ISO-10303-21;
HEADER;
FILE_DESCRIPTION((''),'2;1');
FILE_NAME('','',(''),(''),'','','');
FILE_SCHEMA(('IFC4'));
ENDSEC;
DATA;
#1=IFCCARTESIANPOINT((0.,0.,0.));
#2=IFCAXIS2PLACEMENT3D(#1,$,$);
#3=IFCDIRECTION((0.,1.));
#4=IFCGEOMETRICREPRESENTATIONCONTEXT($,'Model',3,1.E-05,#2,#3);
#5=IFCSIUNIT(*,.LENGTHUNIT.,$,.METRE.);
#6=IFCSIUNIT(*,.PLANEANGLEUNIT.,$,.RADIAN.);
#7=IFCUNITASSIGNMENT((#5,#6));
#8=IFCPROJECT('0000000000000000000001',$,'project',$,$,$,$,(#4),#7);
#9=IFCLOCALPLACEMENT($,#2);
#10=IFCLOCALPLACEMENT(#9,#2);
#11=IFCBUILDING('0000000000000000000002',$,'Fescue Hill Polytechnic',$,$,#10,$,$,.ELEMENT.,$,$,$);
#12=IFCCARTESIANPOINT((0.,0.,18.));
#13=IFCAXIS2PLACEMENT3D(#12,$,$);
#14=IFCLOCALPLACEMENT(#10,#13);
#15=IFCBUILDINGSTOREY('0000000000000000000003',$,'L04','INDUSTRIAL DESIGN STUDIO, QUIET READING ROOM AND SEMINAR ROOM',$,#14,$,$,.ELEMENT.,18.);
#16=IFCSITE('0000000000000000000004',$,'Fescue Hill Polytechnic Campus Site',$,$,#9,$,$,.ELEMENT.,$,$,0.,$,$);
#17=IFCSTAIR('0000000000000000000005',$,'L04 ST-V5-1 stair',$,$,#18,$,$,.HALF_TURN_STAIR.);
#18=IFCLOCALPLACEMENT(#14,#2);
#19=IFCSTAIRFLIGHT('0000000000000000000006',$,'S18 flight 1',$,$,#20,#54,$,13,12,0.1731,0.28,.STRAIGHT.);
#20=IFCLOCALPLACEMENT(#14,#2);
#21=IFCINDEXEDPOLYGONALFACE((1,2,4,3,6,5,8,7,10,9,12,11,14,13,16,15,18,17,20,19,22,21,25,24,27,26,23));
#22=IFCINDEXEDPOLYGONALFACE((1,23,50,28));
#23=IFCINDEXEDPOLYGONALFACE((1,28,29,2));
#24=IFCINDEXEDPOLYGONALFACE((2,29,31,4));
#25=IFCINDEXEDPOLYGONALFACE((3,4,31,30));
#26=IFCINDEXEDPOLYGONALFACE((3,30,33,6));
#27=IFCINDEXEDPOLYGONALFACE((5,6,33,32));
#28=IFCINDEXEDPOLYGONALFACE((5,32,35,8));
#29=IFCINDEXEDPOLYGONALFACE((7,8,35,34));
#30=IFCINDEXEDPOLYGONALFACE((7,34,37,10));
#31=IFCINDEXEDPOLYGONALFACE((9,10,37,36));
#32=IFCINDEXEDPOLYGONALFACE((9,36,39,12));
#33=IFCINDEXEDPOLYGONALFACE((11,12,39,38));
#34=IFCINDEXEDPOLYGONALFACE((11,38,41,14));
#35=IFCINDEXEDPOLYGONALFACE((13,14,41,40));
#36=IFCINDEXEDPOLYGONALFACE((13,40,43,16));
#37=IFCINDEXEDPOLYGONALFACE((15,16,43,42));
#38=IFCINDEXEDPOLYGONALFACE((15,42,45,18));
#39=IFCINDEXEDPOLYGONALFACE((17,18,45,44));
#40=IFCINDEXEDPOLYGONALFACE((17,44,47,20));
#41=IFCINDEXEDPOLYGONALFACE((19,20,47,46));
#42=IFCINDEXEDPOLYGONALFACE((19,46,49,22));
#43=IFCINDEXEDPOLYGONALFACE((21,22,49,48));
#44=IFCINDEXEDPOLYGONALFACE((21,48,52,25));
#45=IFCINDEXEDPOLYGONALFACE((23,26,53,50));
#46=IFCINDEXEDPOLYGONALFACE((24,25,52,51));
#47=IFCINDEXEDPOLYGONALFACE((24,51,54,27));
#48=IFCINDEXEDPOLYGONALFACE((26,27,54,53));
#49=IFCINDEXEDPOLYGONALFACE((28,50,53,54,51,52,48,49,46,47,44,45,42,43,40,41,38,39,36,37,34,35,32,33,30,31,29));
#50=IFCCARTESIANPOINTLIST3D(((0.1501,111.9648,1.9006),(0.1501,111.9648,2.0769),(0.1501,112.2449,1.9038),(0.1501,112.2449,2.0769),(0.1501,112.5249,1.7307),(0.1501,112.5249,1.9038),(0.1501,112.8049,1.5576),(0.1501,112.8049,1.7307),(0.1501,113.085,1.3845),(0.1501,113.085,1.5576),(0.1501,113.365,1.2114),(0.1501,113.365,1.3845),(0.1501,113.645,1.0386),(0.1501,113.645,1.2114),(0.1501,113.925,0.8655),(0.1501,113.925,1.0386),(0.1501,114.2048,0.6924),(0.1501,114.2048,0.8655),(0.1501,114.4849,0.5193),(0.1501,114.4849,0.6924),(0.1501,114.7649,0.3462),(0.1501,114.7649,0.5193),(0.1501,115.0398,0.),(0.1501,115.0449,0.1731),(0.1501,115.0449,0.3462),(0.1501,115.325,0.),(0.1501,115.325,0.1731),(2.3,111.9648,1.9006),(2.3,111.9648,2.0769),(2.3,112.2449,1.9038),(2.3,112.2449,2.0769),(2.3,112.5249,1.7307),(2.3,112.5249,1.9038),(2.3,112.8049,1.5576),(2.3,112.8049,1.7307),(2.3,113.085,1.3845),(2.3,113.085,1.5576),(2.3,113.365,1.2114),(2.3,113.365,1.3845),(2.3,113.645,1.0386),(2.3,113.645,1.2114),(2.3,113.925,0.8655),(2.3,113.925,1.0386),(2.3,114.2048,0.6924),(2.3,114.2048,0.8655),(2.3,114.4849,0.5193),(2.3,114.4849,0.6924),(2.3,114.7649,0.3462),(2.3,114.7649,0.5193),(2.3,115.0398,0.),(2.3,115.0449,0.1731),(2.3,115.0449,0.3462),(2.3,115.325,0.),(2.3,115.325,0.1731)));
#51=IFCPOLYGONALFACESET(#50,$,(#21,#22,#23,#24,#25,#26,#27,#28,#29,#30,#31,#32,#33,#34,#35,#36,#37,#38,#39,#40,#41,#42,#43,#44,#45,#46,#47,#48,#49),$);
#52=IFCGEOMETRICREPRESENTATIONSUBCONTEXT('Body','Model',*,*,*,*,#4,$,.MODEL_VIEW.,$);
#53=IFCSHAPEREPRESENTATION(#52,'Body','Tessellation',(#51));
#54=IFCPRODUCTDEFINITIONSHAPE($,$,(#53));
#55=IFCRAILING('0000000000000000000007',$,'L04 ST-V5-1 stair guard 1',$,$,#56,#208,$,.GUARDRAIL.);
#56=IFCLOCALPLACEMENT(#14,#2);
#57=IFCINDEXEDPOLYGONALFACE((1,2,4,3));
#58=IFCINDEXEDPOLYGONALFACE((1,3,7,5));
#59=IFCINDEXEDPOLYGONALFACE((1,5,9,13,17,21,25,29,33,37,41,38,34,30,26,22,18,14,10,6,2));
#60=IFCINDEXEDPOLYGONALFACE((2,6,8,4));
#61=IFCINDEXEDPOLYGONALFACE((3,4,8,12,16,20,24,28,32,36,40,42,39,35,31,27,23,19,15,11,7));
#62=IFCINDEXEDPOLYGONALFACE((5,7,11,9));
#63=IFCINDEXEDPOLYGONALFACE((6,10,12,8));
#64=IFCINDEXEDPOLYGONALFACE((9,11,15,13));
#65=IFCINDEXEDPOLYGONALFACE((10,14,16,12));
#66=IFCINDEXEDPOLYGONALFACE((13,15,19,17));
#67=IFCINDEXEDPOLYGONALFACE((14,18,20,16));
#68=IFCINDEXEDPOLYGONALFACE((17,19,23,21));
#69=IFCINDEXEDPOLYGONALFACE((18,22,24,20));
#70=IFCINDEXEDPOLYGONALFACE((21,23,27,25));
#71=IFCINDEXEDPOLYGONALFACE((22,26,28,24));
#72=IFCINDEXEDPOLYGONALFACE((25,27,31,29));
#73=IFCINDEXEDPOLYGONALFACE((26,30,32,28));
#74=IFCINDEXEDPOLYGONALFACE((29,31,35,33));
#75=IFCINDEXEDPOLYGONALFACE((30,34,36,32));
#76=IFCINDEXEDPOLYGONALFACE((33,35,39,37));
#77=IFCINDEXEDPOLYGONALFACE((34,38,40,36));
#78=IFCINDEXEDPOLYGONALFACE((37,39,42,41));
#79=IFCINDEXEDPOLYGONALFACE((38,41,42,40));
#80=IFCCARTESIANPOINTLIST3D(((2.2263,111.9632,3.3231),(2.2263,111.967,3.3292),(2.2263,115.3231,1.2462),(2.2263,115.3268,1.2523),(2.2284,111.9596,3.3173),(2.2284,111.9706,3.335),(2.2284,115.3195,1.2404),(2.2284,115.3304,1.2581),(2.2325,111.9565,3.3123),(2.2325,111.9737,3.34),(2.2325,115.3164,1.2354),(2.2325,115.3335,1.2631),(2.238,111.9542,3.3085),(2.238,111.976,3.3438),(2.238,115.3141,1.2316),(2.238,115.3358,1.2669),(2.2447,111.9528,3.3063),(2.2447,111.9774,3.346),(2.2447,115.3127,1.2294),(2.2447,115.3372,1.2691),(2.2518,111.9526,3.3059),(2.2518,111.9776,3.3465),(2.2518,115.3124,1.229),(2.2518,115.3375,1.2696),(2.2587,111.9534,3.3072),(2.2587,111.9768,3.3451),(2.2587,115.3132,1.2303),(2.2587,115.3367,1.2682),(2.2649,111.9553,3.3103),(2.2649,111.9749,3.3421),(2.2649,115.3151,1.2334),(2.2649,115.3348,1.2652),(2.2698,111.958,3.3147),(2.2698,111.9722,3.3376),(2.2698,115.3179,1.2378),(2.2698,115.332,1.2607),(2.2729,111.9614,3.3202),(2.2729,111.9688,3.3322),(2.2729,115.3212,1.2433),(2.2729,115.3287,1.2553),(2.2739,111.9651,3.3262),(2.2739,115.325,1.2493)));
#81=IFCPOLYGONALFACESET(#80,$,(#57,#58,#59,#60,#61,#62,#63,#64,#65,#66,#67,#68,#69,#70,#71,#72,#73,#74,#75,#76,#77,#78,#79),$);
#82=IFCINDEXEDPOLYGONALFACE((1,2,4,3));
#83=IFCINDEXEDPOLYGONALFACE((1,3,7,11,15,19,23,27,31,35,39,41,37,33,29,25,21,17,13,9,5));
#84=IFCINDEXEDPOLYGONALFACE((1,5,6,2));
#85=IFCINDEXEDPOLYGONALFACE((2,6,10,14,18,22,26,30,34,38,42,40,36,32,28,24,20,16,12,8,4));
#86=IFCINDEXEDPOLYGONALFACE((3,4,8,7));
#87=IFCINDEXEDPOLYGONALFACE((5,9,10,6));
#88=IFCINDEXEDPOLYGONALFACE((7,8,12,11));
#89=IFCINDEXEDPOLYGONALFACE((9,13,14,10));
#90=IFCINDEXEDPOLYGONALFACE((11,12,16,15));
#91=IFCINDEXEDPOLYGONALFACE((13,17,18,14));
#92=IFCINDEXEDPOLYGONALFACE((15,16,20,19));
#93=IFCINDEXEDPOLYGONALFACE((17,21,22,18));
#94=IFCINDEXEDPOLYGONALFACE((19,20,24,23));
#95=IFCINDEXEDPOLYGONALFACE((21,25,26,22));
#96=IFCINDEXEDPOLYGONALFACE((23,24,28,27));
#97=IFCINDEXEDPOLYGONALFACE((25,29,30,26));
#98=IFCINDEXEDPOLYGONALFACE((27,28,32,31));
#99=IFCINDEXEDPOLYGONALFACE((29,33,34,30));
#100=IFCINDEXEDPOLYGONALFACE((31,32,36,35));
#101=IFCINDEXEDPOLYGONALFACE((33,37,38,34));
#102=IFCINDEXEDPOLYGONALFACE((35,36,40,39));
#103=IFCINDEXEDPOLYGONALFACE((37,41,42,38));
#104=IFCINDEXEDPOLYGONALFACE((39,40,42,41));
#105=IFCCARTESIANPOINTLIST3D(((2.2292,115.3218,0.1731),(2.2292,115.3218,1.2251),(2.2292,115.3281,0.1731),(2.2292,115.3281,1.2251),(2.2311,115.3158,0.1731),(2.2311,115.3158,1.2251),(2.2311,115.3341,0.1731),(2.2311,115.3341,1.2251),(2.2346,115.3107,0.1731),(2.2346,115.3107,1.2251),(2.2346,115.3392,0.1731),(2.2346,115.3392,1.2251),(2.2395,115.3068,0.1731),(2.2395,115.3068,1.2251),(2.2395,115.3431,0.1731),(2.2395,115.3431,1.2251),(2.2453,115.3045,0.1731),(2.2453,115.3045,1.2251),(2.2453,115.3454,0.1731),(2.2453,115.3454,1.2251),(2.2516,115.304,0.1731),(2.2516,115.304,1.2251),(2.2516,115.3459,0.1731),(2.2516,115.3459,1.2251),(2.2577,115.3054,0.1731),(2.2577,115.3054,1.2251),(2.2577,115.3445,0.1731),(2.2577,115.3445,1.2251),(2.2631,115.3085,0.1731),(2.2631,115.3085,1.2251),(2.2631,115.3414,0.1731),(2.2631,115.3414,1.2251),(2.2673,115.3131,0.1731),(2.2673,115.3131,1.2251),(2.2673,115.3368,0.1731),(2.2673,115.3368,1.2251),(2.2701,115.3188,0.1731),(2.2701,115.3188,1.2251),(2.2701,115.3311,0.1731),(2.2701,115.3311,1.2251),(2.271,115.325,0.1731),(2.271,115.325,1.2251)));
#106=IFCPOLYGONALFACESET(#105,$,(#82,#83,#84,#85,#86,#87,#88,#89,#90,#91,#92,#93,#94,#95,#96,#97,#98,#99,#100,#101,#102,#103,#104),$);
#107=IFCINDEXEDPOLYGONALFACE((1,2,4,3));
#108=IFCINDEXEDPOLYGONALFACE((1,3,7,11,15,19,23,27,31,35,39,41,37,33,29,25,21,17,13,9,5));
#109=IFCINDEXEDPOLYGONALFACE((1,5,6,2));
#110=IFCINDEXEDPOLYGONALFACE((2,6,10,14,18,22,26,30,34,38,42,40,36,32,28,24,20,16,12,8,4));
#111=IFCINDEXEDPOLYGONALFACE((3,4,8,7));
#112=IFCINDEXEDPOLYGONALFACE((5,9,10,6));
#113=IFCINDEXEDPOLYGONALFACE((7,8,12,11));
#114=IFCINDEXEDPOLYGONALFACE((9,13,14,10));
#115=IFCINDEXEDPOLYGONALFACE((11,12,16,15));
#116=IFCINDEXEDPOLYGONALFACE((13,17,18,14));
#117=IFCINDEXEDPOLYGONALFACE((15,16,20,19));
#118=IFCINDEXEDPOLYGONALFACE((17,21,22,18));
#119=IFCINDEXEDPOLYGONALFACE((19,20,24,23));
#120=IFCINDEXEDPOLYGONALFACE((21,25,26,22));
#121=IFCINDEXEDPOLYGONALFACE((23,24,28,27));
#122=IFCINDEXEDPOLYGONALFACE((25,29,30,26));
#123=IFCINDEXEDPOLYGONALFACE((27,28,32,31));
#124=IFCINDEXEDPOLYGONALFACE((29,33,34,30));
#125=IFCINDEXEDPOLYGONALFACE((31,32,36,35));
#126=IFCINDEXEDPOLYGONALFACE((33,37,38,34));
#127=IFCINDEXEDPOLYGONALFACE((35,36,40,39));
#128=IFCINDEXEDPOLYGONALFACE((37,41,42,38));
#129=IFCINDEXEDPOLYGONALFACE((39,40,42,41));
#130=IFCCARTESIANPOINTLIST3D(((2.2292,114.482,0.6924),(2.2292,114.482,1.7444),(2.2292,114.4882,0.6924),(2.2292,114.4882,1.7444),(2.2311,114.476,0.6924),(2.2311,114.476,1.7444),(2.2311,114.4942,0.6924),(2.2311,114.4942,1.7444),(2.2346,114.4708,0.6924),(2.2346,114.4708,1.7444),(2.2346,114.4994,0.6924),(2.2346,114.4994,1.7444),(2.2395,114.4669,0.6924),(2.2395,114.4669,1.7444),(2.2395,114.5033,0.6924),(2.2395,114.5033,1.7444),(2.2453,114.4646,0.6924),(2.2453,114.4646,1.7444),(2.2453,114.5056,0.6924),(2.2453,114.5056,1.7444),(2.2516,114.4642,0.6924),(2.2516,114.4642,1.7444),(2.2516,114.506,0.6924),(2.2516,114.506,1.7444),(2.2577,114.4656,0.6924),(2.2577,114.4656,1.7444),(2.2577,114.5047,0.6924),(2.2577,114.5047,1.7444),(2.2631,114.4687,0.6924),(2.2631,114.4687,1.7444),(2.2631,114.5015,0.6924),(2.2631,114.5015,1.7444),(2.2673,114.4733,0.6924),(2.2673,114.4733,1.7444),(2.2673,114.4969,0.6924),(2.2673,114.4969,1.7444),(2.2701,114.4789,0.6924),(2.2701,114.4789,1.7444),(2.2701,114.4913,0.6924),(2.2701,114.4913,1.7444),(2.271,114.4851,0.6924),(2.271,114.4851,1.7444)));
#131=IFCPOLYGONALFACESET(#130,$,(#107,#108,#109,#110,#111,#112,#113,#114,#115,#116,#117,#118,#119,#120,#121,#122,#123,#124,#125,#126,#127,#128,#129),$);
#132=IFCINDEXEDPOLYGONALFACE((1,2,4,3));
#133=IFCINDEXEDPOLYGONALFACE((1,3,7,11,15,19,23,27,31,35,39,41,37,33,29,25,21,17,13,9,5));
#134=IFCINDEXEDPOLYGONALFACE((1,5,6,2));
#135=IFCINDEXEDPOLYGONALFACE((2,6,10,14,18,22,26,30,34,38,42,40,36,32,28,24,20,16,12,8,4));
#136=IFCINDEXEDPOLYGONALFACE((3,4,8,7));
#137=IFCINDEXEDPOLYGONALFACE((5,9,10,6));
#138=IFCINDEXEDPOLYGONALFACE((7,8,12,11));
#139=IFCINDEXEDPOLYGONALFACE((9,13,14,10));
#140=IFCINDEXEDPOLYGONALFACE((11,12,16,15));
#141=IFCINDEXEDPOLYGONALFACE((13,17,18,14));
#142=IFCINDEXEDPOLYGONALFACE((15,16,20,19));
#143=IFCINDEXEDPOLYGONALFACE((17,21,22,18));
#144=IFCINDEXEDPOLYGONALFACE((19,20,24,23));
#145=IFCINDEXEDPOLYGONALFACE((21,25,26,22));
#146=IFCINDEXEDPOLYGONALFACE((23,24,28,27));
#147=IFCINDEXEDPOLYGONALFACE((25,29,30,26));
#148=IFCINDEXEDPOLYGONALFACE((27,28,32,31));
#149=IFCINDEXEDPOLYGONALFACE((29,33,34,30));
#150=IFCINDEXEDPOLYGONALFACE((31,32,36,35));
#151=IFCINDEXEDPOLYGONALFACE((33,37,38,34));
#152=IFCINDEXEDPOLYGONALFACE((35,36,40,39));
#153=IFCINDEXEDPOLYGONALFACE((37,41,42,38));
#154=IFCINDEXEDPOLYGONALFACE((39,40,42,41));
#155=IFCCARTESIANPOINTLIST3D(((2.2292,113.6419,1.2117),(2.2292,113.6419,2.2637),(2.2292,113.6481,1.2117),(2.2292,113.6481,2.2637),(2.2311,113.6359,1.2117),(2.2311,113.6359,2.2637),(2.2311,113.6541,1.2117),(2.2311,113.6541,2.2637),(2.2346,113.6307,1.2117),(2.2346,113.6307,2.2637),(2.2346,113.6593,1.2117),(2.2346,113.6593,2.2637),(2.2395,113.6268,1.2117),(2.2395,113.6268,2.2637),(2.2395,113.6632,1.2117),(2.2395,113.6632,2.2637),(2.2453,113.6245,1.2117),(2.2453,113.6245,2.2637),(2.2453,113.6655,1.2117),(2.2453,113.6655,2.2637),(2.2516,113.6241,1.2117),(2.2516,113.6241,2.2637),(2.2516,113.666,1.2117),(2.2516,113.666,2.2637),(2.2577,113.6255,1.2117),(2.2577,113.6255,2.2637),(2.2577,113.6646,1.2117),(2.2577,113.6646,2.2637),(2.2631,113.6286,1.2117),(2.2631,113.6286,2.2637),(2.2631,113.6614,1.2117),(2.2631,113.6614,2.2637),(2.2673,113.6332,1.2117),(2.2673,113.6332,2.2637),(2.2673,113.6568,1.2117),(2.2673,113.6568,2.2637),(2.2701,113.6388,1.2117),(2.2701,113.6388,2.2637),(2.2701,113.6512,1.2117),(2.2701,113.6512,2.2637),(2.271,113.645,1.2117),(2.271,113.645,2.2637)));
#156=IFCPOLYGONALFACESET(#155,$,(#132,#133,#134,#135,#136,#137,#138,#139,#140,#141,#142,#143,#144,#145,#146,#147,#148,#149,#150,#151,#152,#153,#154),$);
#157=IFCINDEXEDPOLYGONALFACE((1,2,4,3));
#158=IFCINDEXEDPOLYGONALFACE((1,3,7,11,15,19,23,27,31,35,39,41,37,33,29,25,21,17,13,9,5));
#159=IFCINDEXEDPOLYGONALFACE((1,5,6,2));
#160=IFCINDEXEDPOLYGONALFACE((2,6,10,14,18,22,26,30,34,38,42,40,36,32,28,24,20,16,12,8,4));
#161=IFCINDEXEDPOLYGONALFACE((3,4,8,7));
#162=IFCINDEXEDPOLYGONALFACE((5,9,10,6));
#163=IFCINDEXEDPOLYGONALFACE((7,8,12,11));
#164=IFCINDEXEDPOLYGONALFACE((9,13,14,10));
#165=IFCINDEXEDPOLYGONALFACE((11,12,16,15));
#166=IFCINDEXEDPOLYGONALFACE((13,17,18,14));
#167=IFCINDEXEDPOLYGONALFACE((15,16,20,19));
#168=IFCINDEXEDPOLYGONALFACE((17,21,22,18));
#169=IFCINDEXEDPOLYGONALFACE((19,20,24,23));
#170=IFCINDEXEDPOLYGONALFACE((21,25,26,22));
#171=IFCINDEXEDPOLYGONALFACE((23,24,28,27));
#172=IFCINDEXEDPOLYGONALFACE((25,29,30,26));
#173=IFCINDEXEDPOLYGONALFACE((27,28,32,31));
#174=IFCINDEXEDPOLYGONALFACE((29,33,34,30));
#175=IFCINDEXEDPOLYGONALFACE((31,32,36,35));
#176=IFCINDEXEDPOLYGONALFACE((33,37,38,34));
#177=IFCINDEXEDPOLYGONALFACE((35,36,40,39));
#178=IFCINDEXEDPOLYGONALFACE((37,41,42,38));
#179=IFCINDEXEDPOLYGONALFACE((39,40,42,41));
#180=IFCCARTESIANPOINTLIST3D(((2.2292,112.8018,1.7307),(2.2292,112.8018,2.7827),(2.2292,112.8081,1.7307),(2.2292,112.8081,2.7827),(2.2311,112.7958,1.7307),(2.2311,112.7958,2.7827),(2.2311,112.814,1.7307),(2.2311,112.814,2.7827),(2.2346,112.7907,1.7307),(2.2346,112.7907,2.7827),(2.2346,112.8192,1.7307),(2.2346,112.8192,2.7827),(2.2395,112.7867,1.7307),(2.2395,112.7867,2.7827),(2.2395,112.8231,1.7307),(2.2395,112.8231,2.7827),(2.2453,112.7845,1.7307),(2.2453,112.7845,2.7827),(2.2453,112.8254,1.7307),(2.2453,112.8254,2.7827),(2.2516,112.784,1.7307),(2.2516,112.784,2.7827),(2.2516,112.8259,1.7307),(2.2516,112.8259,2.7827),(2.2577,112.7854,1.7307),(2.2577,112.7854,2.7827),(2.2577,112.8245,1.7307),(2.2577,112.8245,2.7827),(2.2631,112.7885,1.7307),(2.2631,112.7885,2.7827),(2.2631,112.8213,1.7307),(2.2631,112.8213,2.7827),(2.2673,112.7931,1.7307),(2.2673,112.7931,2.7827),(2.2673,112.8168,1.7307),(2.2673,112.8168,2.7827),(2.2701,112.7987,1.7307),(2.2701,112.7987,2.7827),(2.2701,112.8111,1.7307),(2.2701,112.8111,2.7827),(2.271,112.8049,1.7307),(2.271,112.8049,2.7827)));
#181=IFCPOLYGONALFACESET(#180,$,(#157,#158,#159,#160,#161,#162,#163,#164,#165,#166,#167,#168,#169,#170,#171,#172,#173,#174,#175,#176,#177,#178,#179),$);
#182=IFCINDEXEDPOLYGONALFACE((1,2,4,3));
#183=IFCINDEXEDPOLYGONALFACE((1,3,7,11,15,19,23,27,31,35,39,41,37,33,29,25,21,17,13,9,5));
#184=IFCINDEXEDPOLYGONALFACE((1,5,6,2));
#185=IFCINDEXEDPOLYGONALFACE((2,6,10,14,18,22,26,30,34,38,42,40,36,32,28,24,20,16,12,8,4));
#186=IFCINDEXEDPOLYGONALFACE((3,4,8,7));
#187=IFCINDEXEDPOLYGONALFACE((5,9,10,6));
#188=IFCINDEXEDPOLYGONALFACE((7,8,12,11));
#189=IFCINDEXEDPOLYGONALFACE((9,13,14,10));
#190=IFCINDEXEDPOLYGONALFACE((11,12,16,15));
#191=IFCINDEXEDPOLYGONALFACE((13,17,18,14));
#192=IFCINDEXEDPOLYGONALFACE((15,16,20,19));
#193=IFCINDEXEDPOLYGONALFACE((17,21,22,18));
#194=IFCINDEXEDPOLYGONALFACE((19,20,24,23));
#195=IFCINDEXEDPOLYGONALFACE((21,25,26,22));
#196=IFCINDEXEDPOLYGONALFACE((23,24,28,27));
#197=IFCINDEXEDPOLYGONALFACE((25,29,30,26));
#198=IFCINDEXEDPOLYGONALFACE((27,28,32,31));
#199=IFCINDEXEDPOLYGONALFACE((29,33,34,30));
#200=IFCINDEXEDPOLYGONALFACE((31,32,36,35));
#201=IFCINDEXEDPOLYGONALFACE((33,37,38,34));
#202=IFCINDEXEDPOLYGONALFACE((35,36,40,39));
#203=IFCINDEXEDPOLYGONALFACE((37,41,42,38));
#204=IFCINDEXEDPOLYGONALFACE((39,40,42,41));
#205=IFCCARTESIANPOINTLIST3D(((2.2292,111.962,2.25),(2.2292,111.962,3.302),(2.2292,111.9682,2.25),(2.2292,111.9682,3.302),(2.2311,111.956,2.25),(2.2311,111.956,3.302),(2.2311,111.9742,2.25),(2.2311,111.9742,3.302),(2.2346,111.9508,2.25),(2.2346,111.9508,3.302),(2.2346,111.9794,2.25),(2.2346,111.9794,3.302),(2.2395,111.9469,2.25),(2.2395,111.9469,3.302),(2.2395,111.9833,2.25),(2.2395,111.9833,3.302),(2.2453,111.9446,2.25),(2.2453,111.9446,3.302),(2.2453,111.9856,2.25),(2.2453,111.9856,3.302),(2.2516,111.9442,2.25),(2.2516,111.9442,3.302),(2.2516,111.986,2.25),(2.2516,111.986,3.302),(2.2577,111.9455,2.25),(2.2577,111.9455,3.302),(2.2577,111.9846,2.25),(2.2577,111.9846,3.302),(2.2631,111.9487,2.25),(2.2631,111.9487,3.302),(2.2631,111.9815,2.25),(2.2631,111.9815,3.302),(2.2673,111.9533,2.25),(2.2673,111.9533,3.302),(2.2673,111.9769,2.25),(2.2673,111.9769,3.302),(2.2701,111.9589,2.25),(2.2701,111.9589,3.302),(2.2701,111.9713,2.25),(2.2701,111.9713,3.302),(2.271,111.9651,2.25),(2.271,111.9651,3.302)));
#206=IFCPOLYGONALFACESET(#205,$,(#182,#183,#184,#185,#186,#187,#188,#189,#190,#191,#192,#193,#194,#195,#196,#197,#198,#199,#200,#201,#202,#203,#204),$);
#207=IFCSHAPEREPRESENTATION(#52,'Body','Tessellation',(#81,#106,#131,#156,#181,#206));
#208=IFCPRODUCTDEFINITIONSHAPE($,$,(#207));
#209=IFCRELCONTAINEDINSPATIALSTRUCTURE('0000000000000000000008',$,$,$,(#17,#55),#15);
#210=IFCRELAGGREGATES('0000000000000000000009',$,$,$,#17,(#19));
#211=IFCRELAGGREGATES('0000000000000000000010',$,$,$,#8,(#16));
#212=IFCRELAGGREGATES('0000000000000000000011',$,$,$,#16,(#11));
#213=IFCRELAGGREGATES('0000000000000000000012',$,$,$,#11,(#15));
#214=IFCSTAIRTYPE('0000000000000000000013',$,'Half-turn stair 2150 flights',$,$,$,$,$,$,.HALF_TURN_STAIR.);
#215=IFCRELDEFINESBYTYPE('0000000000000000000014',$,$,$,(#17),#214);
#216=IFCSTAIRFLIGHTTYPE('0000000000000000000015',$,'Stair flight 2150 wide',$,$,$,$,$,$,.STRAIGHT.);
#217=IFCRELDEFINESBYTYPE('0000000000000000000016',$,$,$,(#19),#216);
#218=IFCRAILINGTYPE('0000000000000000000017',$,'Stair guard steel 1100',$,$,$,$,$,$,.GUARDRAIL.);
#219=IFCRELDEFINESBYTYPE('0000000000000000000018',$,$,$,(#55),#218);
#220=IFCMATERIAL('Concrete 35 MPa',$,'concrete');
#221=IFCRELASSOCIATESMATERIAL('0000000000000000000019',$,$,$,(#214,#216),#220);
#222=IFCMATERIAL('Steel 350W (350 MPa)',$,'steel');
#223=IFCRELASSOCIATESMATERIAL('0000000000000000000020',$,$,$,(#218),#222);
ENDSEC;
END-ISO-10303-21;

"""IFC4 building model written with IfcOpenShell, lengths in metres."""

from ifc_helpers import new_model, si_unit, direction, frame, origin, origin_2d, place, context, subcontext, project, spatial, polyline, circle, outline, extrude, material, type_object, element, aggregate, save


model = new_model("IFC4")

# Units and contexts
model_context = context("Model", 3, precision=1e-05, world=origin(), true_north=direction((0.0, 1.0)))
body_context = subcontext(model_context, "Body", "Model", "MODEL_VIEW")
ifc_project = project(units=[si_unit("LENGTHUNIT", "METRE"), si_unit("PLANEANGLEUNIT", "RADIAN")], contexts=[model_context])

# Site, building, storey
site_placement = place(None, origin())
site = spatial("IfcSite", under=ifc_project, at=site_placement, Name="Fescue Hill Polytechnic Campus Site", CompositionType="ELEMENT", RefElevation=0.0)
building_placement = place(site_placement, origin())
building = spatial("IfcBuilding", under=site, at=building_placement, Name="Fescue Hill Polytechnic", CompositionType="ELEMENT")
storey_placement = place(building_placement, frame((0.0, 0.0, 18.0)))
storey = spatial("IfcBuildingStorey", under=building, at=storey_placement, Name="L04", Description="INDUSTRIAL DESIGN STUDIO, QUIET READING ROOM AND SEMINAR ROOM", CompositionType="ELEMENT", Elevation=18.0)

# Shared definitions
ifc_material_1 = material(Name="Concrete 35 MPa", Category="concrete")

# Stair, stair flight
stair_type = type_object("IfcStairType", Name="Half-turn stair 2150 flights", PredefinedType="HALF_TURN_STAIR", material=ifc_material_1)
stair_placement = place(storey_placement, origin())
stair = element("IfcStair", 1, at=stair_placement, inside=storey, type_object=stair_type, Name="L04 ST-V5-1 stair", PredefinedType="HALF_TURN_STAIR")
stair_flight_type = type_object("IfcStairFlightType", Name="Stair flight 2150 wide", PredefinedType="STRAIGHT", material=ifc_material_1)
stair_flight_placement = place(storey_placement, frame((1.2251, 115.325, 0.0), z_axis=(0.0, 0.0, 1.0), x_axis=(0.0, -1.0, 0.0)))
stair_flight = element("IfcStairFlight", 2, at=stair_flight_placement, type_object=stair_flight_type, Name="S18 flight 1", NumberOfRisers=13, NumberOfTreads=12, PredefinedType="STRAIGHT", RiserHeight=0.1731, TreadLength=0.28, context=body_context, shape_type="SweptSolid", body=[
    extrude(outline(polyline([(0.0, 0.0), (0.0, 0.1731), (0.28, 0.1731), (0.28, 0.3462), (0.5601, 0.3462), (0.5601, 0.5193), (0.8401, 0.5193), (0.8401, 0.6924), (1.1201, 0.6924), (1.1201, 0.8655), (1.3999, 0.8655), (1.3999, 1.0386), (1.6799, 1.0386), (1.6799, 1.2114), (1.96, 1.2114), (1.96, 1.3845), (2.24, 1.3845), (2.24, 1.5576), (2.52, 1.5576), (2.52, 1.7307), (2.8, 1.7307), (2.8, 1.9038), (3.0801, 1.9038), (3.0801, 2.0769), (3.3601, 2.0769), (3.3601, 2.25), (3.3601, 1.9006), (0.2852, 0.0), (0.0, 0.0)])), frame((0.0, 1.075, 0.0), z_axis=(0.0, -1.0, 0.0), x_axis=(1.0, 0.0, 0.0)), (0.0, 0.0, 1.0), 2.1499),
])
aggregate(stair, [stair_flight])

# Railing
ifc_material_2 = material(Name="Steel 350W (350 MPa)", Category="steel")
railing_type_1 = type_object("IfcRailingType", Name="Stair guard steel 1100", PredefinedType="GUARDRAIL", material=ifc_material_2)
railing_1_placement = place(storey_placement, frame((2.25, 115.325, 0.1731)))
element("IfcRailing", 3, at=railing_1_placement, inside=storey, type_object=railing_type_1, Name="L04 ST-V5-1 stair guard 1", PredefinedType="GUARDRAIL", context=body_context, shape_type="SweptSolid", body=[
    extrude(circle(Radius=0.0239, at=origin_2d()), frame((0.0, 0.0, 1.0762), z_axis=(0.0, -0.850606, 0.525803), x_axis=(1.0, 0.0, 0.0)), (0.0, 0.0, 1.0), 3.95),
    extrude(circle(Radius=0.021, at=origin_2d()), origin(), (0.0, 0.0, 1.0), 1.052),
    extrude(circle(Radius=0.021, at=origin_2d()), frame((0.0, -0.8398, 0.5193)), (0.0, 0.0, 1.0), 1.052),
    extrude(circle(Radius=0.021, at=origin_2d()), frame((0.0, -1.6799, 1.0386)), (0.0, 0.0, 1.0), 1.052),
    extrude(circle(Radius=0.021, at=origin_2d()), frame((0.0, -2.52, 1.5576)), (0.0, 0.0, 1.0), 1.052),
    extrude(circle(Radius=0.021, at=origin_2d()), frame((0.0, -3.3599, 2.0769)), (0.0, 0.0, 1.0), 1.052),
])

save(model, "model.ifc")
